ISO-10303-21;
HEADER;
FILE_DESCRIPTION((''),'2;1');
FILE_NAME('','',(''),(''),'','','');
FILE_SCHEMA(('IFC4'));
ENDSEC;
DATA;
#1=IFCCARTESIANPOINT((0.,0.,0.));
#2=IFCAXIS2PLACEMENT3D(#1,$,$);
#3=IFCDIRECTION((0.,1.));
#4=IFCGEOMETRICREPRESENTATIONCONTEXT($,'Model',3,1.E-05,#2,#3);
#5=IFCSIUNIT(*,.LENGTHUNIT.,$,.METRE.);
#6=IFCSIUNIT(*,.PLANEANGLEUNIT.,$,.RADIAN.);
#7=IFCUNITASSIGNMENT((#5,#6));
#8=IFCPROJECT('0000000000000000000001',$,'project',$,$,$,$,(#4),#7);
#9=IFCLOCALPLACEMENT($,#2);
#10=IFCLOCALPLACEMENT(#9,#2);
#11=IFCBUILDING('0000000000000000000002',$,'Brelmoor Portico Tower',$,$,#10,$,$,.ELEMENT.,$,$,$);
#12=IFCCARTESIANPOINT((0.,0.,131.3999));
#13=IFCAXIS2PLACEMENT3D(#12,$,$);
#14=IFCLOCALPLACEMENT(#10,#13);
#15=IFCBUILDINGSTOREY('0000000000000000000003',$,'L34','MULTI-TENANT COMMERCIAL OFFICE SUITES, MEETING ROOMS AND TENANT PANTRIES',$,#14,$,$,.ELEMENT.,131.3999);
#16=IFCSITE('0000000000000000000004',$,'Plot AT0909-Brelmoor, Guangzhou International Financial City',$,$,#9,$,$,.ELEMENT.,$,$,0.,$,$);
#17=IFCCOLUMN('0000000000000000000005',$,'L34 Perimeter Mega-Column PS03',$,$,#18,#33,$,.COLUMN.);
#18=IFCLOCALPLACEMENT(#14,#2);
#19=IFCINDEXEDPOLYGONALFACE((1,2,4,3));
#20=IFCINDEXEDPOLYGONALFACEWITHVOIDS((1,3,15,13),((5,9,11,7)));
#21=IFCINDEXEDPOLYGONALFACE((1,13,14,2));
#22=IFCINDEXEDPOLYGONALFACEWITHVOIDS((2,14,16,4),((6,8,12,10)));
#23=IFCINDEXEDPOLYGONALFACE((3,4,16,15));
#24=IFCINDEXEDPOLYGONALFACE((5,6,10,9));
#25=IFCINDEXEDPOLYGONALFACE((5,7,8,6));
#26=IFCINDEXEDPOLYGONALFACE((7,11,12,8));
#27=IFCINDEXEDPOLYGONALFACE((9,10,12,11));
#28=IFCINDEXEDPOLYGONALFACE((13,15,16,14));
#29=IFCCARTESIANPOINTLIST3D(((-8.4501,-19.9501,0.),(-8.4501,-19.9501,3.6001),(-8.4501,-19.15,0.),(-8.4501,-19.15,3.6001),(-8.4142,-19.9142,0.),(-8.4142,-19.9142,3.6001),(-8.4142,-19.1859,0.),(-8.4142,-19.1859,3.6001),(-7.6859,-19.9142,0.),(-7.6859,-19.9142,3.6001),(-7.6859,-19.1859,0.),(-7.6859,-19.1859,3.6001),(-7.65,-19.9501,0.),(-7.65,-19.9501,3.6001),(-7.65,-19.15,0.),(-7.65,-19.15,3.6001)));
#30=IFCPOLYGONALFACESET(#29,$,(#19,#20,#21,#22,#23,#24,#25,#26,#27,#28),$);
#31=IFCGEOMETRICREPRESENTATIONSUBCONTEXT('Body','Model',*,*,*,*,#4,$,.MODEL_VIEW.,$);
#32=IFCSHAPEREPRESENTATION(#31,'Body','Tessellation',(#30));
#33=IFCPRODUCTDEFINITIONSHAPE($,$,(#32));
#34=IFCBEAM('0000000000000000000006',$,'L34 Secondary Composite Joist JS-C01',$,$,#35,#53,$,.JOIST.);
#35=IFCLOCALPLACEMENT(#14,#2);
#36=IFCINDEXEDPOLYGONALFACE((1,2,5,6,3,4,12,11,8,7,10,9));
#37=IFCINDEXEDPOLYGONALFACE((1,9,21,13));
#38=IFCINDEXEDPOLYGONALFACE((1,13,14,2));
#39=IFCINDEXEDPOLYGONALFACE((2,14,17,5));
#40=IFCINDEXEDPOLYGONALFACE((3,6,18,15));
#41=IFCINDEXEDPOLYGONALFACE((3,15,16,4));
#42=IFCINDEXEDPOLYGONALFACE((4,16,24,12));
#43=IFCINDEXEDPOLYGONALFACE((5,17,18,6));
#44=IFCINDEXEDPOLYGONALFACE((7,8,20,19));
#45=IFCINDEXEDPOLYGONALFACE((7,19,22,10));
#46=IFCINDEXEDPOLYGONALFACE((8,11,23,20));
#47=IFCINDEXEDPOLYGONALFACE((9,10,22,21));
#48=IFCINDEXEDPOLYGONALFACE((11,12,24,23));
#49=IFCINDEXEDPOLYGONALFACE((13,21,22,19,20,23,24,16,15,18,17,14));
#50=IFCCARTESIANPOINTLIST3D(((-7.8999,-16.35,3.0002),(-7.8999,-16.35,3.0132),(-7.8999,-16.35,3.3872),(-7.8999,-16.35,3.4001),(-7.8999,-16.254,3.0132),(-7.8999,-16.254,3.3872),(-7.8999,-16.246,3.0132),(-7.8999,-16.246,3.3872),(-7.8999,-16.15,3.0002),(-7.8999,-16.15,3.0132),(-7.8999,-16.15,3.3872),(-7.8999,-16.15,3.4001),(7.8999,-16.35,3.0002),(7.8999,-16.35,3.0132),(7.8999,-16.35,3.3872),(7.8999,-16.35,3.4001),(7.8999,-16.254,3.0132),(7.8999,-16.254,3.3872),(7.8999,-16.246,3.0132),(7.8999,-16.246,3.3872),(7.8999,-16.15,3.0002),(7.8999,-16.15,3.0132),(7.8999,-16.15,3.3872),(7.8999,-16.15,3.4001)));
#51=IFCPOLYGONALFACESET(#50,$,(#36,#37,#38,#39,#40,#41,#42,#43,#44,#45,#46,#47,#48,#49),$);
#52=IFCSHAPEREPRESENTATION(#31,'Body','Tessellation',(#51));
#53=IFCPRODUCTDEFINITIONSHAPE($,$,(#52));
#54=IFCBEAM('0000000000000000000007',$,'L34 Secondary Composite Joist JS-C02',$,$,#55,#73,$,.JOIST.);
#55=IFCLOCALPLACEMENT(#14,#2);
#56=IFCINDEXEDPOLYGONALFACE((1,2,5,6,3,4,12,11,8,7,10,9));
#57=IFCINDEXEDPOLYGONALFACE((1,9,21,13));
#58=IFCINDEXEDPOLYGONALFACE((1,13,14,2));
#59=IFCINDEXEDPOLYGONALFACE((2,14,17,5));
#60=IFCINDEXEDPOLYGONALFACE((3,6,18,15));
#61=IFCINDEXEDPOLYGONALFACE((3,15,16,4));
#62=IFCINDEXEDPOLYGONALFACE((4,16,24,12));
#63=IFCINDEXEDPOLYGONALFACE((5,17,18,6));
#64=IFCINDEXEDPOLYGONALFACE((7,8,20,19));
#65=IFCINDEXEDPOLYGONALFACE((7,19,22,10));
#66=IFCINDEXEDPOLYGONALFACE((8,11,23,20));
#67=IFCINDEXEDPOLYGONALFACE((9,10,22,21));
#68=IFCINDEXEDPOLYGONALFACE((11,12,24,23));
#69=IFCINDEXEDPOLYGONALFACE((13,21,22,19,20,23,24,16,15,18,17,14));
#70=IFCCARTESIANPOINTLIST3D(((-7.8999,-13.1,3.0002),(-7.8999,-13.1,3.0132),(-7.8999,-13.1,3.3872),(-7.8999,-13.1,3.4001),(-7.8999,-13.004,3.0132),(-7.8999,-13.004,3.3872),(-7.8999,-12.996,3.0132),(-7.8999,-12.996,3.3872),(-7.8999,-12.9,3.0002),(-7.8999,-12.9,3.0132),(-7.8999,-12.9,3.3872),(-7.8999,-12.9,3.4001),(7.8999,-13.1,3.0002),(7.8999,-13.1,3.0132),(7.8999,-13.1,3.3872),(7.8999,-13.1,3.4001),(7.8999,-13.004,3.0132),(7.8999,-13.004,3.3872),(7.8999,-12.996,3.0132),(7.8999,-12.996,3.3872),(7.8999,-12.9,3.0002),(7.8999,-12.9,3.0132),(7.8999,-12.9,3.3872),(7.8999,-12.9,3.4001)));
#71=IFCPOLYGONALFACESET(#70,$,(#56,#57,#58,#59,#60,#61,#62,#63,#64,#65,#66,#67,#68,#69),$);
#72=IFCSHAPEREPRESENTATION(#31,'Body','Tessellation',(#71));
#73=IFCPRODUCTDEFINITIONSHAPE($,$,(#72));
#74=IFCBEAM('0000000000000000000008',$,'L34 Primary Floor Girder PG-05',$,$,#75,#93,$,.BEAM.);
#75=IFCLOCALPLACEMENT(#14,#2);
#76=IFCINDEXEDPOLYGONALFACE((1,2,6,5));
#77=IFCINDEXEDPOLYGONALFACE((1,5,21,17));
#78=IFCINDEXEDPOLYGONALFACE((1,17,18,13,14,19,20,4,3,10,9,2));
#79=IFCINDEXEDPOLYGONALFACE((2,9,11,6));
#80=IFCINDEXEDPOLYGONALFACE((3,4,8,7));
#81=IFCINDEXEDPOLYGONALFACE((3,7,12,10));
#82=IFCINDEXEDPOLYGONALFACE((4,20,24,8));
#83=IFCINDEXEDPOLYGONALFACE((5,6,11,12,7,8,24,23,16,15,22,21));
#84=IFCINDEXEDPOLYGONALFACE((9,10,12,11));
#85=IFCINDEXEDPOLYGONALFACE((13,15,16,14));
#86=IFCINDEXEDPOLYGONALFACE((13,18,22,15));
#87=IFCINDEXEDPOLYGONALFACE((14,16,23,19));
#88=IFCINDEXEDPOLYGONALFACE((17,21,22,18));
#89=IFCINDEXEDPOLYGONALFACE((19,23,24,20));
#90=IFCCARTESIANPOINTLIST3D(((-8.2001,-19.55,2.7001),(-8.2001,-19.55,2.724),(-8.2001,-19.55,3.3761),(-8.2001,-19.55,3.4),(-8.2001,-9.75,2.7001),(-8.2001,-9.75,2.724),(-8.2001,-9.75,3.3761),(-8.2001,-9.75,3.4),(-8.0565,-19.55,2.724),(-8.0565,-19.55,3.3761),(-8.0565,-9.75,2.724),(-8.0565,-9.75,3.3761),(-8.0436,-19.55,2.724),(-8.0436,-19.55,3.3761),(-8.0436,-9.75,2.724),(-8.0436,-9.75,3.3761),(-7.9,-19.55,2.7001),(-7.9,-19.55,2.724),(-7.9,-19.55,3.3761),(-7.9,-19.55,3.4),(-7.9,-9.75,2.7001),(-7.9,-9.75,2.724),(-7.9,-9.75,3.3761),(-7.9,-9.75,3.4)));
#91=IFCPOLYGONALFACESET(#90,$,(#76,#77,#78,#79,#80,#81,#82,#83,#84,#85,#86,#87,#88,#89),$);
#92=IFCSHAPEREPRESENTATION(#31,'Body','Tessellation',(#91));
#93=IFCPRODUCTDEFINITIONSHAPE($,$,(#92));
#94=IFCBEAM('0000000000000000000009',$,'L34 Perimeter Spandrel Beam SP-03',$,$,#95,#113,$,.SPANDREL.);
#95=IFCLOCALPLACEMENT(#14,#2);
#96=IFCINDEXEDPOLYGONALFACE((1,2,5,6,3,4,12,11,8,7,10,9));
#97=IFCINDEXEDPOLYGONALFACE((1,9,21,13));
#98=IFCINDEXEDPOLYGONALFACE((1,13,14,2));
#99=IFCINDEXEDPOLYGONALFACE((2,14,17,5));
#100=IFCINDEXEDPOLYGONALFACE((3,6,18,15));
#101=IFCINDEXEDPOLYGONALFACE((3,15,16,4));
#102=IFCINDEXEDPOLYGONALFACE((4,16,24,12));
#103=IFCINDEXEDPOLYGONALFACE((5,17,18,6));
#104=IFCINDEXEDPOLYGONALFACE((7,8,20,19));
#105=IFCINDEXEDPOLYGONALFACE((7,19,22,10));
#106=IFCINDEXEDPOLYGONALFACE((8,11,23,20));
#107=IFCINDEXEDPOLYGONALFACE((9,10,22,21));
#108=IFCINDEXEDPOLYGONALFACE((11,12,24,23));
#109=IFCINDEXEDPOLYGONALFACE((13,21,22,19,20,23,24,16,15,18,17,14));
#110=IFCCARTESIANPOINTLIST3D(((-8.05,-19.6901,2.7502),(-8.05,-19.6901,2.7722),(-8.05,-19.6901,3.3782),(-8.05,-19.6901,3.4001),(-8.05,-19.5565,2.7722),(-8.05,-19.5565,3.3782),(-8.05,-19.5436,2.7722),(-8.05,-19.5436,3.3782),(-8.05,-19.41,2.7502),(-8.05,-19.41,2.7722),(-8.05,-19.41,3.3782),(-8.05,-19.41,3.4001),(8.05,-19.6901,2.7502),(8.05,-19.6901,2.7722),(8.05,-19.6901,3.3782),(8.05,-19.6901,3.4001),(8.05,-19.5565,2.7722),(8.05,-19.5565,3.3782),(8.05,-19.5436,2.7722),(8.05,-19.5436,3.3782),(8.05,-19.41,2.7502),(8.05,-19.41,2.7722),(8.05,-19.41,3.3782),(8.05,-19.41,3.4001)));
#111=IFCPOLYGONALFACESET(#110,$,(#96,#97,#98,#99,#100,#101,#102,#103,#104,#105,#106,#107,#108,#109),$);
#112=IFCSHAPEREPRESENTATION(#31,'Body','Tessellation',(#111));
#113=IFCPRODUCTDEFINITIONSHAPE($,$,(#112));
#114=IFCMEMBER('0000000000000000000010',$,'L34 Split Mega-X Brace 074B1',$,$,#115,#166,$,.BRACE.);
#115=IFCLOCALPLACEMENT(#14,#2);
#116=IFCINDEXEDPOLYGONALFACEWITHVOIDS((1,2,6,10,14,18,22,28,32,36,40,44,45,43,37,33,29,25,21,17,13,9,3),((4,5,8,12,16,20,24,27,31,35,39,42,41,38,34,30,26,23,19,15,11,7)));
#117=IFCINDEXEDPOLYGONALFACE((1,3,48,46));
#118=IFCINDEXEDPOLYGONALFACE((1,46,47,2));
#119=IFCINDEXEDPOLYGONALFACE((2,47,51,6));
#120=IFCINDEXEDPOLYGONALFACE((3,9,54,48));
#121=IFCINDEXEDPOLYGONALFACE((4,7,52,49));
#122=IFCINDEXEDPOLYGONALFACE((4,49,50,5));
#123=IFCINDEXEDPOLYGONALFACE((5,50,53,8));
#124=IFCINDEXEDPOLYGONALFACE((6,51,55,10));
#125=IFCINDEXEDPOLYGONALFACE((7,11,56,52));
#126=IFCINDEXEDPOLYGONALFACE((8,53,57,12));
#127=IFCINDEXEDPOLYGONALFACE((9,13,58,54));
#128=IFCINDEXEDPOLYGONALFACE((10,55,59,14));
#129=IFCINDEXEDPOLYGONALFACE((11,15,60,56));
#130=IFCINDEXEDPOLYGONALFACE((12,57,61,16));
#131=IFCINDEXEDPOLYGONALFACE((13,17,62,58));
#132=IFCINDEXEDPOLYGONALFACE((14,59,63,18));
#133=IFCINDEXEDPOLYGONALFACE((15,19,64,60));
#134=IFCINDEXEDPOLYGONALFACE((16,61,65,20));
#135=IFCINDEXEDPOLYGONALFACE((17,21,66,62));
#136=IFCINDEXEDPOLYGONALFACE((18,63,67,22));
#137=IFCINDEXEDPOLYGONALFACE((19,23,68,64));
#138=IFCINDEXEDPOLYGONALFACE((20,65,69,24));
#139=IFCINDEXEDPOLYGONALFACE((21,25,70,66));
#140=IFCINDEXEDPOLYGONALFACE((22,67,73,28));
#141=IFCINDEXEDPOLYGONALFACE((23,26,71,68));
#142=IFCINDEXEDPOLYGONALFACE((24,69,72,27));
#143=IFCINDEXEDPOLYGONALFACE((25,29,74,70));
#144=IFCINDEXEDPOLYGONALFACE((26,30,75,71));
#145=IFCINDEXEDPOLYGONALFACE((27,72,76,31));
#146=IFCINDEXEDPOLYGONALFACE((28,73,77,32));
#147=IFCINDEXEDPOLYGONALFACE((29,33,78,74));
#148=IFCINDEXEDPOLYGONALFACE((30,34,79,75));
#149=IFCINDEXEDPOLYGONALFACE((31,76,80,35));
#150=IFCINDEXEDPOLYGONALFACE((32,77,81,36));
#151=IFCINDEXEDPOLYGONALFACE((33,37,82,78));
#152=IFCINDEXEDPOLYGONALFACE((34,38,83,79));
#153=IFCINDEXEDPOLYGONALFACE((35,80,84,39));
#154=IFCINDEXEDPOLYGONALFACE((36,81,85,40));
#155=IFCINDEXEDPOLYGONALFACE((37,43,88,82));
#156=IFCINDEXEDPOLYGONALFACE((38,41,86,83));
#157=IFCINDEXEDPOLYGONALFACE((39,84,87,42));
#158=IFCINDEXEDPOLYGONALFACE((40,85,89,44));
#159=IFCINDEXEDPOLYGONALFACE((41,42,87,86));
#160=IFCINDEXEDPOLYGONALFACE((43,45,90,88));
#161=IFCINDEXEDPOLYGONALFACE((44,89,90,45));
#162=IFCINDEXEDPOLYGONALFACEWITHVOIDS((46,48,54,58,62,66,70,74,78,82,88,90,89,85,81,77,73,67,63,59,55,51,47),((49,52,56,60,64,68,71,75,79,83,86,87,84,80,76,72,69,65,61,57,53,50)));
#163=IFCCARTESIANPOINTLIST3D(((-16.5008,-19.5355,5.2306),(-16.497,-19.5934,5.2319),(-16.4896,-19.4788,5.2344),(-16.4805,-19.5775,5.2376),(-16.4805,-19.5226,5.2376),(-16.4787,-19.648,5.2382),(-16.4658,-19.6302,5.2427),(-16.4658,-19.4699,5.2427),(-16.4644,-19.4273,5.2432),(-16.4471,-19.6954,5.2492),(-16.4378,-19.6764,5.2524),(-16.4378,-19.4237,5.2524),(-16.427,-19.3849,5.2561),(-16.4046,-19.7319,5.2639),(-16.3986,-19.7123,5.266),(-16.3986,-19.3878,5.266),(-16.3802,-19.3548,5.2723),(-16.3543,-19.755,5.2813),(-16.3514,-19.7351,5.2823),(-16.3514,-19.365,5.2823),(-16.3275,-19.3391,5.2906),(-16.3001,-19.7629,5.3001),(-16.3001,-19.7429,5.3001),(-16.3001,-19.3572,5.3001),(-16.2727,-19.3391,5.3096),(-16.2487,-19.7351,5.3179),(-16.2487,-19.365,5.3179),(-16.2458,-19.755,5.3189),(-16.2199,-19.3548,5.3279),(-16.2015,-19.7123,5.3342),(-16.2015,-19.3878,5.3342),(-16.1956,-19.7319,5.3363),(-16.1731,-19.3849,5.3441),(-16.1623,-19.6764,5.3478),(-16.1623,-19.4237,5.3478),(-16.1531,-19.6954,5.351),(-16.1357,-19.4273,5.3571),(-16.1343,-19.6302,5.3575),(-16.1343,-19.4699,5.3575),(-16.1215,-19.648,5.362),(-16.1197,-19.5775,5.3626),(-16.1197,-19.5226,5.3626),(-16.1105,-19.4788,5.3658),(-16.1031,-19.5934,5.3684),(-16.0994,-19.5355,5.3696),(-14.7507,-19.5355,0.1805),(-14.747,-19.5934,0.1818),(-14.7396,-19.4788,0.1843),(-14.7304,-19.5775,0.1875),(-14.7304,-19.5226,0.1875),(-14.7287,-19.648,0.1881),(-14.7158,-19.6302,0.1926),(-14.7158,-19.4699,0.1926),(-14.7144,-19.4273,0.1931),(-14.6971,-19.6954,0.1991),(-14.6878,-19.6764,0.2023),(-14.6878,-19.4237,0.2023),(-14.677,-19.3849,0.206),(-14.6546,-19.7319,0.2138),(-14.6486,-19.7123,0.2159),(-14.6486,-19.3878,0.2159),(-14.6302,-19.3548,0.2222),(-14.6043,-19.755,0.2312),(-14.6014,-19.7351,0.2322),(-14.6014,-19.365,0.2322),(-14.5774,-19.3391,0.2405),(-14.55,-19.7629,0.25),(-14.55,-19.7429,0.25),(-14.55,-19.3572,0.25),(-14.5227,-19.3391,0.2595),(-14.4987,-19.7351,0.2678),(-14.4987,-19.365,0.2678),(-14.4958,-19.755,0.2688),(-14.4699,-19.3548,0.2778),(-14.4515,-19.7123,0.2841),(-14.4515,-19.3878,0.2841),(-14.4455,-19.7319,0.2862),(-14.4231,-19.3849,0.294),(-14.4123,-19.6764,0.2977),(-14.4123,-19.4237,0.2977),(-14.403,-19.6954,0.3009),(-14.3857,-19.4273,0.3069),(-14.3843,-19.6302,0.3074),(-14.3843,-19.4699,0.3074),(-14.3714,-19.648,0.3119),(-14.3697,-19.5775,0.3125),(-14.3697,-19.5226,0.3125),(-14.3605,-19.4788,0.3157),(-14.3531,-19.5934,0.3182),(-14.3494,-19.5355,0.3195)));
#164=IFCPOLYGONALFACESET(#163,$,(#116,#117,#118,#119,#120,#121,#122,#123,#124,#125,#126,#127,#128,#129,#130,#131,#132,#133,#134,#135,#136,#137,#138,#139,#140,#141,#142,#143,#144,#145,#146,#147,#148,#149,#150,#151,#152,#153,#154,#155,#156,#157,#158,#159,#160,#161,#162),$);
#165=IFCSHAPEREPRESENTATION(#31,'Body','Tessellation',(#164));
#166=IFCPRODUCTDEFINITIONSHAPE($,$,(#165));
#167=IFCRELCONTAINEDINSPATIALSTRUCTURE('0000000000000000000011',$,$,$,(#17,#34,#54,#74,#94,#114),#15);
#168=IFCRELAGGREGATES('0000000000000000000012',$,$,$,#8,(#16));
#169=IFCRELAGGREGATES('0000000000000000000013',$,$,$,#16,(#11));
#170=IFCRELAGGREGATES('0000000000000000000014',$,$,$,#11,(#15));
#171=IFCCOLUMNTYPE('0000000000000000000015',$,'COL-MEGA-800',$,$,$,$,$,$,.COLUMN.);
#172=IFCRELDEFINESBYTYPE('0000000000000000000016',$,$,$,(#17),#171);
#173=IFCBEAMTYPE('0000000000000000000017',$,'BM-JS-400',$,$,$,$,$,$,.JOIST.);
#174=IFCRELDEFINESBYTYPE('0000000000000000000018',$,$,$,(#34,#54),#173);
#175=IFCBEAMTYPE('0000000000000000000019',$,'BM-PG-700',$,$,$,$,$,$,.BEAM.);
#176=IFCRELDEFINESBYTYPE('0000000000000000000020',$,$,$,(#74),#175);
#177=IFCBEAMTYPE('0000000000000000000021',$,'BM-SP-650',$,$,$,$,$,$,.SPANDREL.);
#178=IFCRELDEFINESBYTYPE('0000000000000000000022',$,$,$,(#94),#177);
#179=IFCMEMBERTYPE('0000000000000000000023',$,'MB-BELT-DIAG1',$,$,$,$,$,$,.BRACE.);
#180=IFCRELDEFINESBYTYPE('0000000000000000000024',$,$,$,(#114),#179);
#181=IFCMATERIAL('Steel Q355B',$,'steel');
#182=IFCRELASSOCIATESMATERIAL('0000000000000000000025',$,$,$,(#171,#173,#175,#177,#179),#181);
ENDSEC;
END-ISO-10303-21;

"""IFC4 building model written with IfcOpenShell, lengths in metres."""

from ifc_helpers import new_model, si_unit, direction, frame, origin, origin_2d, place, context, subcontext, project, spatial, hollow_rectangle, hollow_circle, i_section, extrude, material, material_profile, profile_set, type_object, element, save


model = new_model("IFC4")

# Units and contexts
model_context = context("Model", 3, precision=1e-05, world=origin(), true_north=direction((0.0, 1.0)))
body_context = subcontext(model_context, "Body", "Model", "MODEL_VIEW")
ifc_project = project(units=[si_unit("LENGTHUNIT", "METRE"), si_unit("PLANEANGLEUNIT", "RADIAN")], contexts=[model_context])

# Site, building, storey
site_placement = place(None, origin())
site = spatial("IfcSite", under=ifc_project, at=site_placement, Name="Plot AT0909-Brelmoor, Guangzhou International Financial City", CompositionType="ELEMENT", RefElevation=0.0)
building_placement = place(site_placement, origin())
building = spatial("IfcBuilding", under=site, at=building_placement, Name="Brelmoor Portico Tower", CompositionType="ELEMENT")
storey_placement = place(building_placement, frame((0.0, 0.0, 131.3999)))
storey = spatial("IfcBuildingStorey", under=building, at=storey_placement, Name="L34", Description="MULTI-TENANT COMMERCIAL OFFICE SUITES, MEETING ROOMS AND TENANT PANTRIES", CompositionType="ELEMENT", Elevation=131.3999)

# Column
ifc_material_1 = material(Name="Steel Q355B", Category="steel")
ifc_material_profile_1 = material_profile(ifc_material_1, hollow_rectangle(XDim=0.8, YDim=0.8, WallThickness=0.0359, at=origin_2d()), Name="BOX 800x800x36")
ifc_profile_set_1 = profile_set([ifc_material_profile_1], Name="Steel Q355B")
column_type = type_object("IfcColumnType", Name="COL-MEGA-800", PredefinedType="COLUMN", material=ifc_profile_set_1)
column_placement = place(storey_placement, frame((-8.05, -19.55, 0.0), z_axis=(0.0, 0.0, 1.0), x_axis=(1.0, 0.0, 0.0)))
element("IfcColumn", 1, at=column_placement, inside=storey, type_object=column_type, Name="L34 Perimeter Mega-Column PS03", PredefinedType="COLUMN", context=body_context, shape_type="SweptSolid", body=[
    extrude(hollow_rectangle(XDim=0.8, YDim=0.8, WallThickness=0.0359, at=origin_2d()), origin(), (0.0, 0.0, 1.0), 3.6001),
])

# Beams
ifc_material_profile_2 = material_profile(ifc_material_1, i_section(OverallWidth=0.2, OverallDepth=0.3999, WebThickness=0.0081, FlangeThickness=0.0129, at=origin_2d()), Name="HN 400x200x8x13")
ifc_profile_set_2 = profile_set([ifc_material_profile_2], Name="Steel Q355B")
beam_type_1 = type_object("IfcBeamType", Name="BM-JS-400", PredefinedType="JOIST", material=ifc_profile_set_2)
for number, where, z_axis, x_axis, name in (
    (2, (-7.8999, -16.25, 3.2002), (1.0, 0.0, 0.0), (0.0, 1.0, 0.0), "L34 Secondary Composite Joist JS-C01"),
    (3, (-7.8999, -13.0, 3.2002), (1.0, 0.0, 0.0), (0.0, 1.0, 0.0), "L34 Secondary Composite Joist JS-C02"),
):
    element("IfcBeam", number, at=place(storey_placement, frame(where, z_axis=z_axis, x_axis=x_axis)), inside=storey, type_object=beam_type_1, Name=name, PredefinedType="JOIST", context=body_context, shape_type="SweptSolid", body=[
        extrude(i_section(OverallWidth=0.2, OverallDepth=0.3999, WebThickness=0.0081, FlangeThickness=0.0129, at=origin_2d()), origin(), (0.0, 0.0, 1.0), 15.7998),
    ])
ifc_material_profile_3 = material_profile(ifc_material_1, i_section(OverallWidth=0.3, OverallDepth=0.7, WebThickness=0.0129, FlangeThickness=0.0239, at=origin_2d()), Name="HN 700x300x13x24")
ifc_profile_set_3 = profile_set([ifc_material_profile_3], Name="Steel Q355B")
beam_type_2 = type_object("IfcBeamType", Name="BM-PG-700", PredefinedType="BEAM", material=ifc_profile_set_3)
beam_1_placement = place(storey_placement, frame((-8.05, -19.55, 3.05), z_axis=(0.0, 1.0, 0.0), x_axis=(-1.0, 0.0, 0.0)))
element("IfcBeam", 4, at=beam_1_placement, inside=storey, type_object=beam_type_2, Name="L34 Primary Floor Girder PG-05", PredefinedType="BEAM", context=body_context, shape_type="SweptSolid", body=[
    extrude(i_section(OverallWidth=0.3, OverallDepth=0.7, WebThickness=0.0129, FlangeThickness=0.0239, at=origin_2d()), origin(), (0.0, 0.0, 1.0), 9.8),
])
ifc_material_profile_4 = material_profile(ifc_material_1, i_section(OverallWidth=0.28, OverallDepth=0.6499, WebThickness=0.0129, FlangeThickness=0.022, at=origin_2d()), Name="HN 650x280x13x22")
ifc_profile_set_4 = profile_set([ifc_material_profile_4], Name="Steel Q355B")
beam_type_3 = type_object("IfcBeamType", Name="BM-SP-650", PredefinedType="SPANDREL", material=ifc_profile_set_4)
beam_2_placement = place(storey_placement, frame((-8.05, -19.55, 3.0752), z_axis=(1.0, 0.0, 0.0), x_axis=(0.0, 1.0, 0.0)))
element("IfcBeam", 5, at=beam_2_placement, inside=storey, type_object=beam_type_3, Name="L34 Perimeter Spandrel Beam SP-03", PredefinedType="SPANDREL", context=body_context, shape_type="SweptSolid", body=[
    extrude(i_section(OverallWidth=0.28, OverallDepth=0.6499, WebThickness=0.0129, FlangeThickness=0.022, at=origin_2d()), origin(), (0.0, 0.0, 1.0), 16.1001),
])

# Member
ifc_material_profile_5 = material_profile(ifc_material_1, hollow_circle(Radius=0.2129, WallThickness=0.02, at=origin_2d()), Name="CHS 426x20")
ifc_profile_set_5 = profile_set([ifc_material_profile_5], Name="Steel Q355B")
member_type_1 = type_object("IfcMemberType", Name="MB-BELT-DIAG1", PredefinedType="BRACE", material=ifc_profile_set_5)
member_1_placement = place(storey_placement, frame((-14.55, -19.55, 0.25), z_axis=(-0.327429, 0.0, 0.944876), x_axis=(0.0, -1.0, 0.0)))
element("IfcMember", 6, at=member_1_placement, inside=storey, type_object=member_type_1, Name="L34 Split Mega-X Brace 074B1", PredefinedType="BRACE", context=body_context, shape_type="SweptSolid", body=[
    extrude(hollow_circle(Radius=0.2129, WallThickness=0.02, at=origin_2d()), origin(), (0.0, 0.0, 1.0), 5.3447),
])

save(model, "model.ifc")
